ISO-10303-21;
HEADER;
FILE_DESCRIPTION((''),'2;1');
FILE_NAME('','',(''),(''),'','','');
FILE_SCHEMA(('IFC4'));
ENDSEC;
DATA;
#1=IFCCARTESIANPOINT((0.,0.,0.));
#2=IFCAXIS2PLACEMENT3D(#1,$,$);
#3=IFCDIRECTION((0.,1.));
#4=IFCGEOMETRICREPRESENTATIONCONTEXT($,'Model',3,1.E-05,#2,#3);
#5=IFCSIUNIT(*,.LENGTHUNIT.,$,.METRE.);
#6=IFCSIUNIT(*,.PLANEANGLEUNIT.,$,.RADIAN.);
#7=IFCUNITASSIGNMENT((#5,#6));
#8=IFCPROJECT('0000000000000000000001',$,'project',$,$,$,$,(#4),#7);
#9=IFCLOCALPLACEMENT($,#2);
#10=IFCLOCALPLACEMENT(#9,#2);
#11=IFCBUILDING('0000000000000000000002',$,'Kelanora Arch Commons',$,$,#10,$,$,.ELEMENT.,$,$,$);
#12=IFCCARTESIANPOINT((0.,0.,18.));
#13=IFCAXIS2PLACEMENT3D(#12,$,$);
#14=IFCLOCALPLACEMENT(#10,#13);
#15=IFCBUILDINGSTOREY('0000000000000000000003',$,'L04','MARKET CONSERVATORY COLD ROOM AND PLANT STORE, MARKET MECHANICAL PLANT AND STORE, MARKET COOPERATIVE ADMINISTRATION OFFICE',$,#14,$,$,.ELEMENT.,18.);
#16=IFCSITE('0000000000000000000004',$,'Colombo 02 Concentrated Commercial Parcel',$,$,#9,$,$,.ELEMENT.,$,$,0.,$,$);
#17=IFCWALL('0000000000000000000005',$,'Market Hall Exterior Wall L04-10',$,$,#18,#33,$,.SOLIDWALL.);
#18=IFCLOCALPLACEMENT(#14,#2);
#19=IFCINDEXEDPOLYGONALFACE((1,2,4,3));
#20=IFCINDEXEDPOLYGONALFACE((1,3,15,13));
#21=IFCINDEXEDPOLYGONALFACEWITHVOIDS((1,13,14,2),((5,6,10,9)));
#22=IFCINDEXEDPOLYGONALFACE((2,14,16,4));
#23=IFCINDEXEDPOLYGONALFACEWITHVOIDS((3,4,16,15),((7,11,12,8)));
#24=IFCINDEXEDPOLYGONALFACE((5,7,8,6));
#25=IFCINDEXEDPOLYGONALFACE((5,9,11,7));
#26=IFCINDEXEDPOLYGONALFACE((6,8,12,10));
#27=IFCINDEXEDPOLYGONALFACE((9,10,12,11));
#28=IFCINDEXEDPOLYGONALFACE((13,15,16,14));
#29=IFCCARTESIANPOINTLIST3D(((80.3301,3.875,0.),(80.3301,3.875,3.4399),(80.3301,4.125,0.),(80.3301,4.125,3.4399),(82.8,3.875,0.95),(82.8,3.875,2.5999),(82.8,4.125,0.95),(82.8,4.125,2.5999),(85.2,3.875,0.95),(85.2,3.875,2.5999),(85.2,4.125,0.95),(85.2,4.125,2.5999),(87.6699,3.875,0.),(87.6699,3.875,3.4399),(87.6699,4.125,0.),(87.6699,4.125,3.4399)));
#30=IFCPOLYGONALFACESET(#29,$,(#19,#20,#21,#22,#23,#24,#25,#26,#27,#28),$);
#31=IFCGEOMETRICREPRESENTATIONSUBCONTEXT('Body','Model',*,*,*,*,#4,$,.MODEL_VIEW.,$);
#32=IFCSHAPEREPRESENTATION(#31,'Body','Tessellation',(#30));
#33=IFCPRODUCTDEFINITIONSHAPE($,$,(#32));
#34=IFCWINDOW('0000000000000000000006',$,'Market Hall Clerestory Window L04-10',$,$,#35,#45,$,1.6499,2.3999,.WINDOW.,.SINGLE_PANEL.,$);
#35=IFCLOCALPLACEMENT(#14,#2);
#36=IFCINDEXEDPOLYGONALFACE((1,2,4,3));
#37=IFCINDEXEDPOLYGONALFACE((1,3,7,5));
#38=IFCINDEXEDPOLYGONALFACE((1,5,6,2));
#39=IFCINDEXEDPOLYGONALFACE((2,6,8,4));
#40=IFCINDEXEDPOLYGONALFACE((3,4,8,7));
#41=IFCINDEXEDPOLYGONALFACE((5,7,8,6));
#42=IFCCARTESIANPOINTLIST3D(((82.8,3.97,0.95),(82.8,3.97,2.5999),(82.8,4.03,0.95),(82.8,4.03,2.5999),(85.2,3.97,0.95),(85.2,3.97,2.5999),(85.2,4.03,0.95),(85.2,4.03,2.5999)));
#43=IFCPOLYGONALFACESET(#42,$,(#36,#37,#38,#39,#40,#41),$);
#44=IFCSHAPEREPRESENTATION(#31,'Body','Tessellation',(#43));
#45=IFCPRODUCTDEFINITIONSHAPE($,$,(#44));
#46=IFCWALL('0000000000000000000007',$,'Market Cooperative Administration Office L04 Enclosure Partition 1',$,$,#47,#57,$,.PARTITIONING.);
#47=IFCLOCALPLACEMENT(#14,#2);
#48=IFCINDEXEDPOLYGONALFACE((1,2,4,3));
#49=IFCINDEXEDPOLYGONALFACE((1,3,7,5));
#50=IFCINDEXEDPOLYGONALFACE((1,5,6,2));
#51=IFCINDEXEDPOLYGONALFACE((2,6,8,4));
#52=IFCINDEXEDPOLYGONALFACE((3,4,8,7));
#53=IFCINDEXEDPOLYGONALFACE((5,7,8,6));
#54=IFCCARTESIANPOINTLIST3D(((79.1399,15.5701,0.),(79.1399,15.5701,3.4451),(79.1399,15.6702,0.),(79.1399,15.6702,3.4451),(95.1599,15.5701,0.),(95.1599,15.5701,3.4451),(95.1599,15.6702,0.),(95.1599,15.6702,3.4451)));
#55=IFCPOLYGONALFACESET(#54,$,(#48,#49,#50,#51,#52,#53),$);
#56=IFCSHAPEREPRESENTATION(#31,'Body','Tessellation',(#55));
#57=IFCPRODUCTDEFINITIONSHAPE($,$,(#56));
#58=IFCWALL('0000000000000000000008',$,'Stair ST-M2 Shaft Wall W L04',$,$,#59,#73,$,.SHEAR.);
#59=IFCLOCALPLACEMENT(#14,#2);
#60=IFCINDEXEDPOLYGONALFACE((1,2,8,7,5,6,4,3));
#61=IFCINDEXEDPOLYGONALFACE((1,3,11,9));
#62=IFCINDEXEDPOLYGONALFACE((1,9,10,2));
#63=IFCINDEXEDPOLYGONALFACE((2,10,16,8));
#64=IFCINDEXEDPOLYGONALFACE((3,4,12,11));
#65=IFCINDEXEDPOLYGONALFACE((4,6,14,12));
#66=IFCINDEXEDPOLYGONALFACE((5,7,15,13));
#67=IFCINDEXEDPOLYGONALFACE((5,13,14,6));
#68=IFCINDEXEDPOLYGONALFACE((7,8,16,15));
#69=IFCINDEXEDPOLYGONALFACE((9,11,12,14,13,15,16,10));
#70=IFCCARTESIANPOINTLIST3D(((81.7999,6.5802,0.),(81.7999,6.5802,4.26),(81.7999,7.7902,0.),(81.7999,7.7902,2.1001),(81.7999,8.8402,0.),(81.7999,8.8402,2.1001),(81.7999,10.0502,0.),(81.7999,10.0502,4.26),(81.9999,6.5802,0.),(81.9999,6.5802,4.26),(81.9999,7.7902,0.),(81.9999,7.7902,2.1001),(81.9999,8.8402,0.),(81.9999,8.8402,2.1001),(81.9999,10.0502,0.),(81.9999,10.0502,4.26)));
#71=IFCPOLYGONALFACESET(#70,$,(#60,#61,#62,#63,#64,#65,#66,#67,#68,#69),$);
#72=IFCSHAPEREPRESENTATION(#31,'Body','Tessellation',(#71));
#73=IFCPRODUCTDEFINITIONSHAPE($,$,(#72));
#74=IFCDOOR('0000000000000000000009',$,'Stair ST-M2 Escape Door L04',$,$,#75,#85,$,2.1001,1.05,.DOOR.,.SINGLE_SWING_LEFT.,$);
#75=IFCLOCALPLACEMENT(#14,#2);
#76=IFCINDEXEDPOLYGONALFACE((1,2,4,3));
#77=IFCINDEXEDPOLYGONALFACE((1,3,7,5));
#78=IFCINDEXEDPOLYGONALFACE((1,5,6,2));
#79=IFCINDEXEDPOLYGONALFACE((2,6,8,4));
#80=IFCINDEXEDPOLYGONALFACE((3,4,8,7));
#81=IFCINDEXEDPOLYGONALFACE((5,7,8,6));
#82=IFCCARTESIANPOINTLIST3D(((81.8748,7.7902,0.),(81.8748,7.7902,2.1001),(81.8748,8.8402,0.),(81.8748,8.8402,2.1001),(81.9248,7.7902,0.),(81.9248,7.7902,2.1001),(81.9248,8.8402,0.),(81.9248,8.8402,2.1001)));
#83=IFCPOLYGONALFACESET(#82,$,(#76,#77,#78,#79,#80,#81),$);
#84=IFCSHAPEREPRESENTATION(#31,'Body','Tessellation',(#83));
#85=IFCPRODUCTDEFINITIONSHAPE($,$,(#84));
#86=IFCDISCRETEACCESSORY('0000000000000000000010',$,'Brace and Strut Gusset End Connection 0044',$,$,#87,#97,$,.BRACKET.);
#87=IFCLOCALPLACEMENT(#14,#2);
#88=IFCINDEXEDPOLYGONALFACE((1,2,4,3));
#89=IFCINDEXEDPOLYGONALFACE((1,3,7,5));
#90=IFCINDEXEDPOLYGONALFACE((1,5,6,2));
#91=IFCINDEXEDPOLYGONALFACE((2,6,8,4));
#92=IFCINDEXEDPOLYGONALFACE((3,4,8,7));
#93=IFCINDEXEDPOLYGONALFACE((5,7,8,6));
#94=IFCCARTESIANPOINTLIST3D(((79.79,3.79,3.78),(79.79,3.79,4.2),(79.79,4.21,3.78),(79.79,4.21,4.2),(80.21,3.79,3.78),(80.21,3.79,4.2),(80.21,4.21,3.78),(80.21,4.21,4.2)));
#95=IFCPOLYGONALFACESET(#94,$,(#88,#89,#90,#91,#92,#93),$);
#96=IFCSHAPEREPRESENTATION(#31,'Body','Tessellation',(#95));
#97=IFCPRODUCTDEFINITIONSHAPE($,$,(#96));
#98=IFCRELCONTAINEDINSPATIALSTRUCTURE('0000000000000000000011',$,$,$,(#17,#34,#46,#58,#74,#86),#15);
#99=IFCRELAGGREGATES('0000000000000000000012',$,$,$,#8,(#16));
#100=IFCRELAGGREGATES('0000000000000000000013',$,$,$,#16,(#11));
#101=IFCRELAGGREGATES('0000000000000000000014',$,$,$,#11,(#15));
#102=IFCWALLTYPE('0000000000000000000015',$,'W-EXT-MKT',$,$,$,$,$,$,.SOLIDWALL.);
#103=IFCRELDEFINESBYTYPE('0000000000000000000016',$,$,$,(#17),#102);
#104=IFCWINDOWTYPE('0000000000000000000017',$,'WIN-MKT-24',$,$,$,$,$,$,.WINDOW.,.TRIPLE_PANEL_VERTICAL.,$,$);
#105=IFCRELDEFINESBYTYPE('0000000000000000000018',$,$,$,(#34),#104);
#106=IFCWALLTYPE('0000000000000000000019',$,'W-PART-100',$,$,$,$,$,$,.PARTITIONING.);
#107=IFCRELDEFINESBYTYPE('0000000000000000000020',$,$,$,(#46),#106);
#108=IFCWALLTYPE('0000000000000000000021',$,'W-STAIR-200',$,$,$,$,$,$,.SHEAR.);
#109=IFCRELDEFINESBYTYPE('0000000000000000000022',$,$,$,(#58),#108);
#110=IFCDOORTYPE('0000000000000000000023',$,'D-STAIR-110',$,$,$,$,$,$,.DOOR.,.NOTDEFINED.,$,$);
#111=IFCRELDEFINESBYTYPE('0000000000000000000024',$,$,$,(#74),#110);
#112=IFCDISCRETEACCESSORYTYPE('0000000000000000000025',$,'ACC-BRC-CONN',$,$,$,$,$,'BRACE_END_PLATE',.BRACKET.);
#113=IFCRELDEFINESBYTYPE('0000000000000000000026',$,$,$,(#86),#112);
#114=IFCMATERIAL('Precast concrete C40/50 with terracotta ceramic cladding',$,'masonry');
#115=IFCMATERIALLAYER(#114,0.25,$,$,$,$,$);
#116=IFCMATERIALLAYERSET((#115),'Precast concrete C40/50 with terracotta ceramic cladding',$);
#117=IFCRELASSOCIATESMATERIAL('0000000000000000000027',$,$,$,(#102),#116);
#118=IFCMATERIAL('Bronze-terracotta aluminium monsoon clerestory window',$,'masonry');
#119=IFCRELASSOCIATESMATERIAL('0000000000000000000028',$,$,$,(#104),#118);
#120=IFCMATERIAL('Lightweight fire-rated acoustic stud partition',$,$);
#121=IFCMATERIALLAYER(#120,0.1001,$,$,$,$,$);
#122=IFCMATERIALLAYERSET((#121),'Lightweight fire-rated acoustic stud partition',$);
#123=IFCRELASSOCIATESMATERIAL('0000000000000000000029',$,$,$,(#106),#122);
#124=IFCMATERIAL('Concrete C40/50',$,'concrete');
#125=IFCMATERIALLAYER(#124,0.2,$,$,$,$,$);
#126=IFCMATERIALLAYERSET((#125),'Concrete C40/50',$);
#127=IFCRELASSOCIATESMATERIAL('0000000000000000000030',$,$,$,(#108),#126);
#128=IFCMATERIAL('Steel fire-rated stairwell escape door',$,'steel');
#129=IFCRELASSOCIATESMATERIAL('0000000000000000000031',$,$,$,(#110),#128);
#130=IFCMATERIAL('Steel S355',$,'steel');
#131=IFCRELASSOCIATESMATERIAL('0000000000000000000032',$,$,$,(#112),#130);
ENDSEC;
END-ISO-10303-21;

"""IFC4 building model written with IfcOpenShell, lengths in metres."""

from ifc_helpers import new_model, si_unit, direction, frame, frame_2d, origin, origin_2d, place, context, subcontext, project, spatial, rectangle, extrude, source, transform, mapped, material, layer, layer_set, type_object, element, fill, save


model = new_model("IFC4")

# Units and contexts
model_context = context("Model", 3, precision=1e-05, world=origin(), true_north=direction((0.0, 1.0)))
body_context = subcontext(model_context, "Body", "Model", "MODEL_VIEW")
ifc_project = project(units=[si_unit("LENGTHUNIT", "METRE"), si_unit("PLANEANGLEUNIT", "RADIAN")], contexts=[model_context])

# Site, building, storey
site_placement = place(None, origin())
site = spatial("IfcSite", under=ifc_project, at=site_placement, Name="Colombo 02 Concentrated Commercial Parcel", CompositionType="ELEMENT", RefElevation=0.0)
building_placement = place(site_placement, origin())
building = spatial("IfcBuilding", under=site, at=building_placement, Name="Kelanora Arch Commons", CompositionType="ELEMENT")
storey_placement = place(building_placement, frame((0.0, 0.0, 18.0)))
storey = spatial("IfcBuildingStorey", under=building, at=storey_placement, Name="L04", Description="MARKET CONSERVATORY COLD ROOM AND PLANT STORE, MARKET MECHANICAL PLANT AND STORE, MARKET COOPERATIVE ADMINISTRATION OFFICE", CompositionType="ELEMENT", Elevation=18.0)

# Shared definitions
ifc_material_1 = material(Name="Steel S355", Category="steel")

# Shared definitions
ifc_material_2 = material(Name="Precast concrete C40/50 with terracotta ceramic cladding", Category="masonry")
ifc_layer_1 = layer(ifc_material_2, 0.25)
ifc_layer_set_1 = layer_set([ifc_layer_1], Name="Precast concrete C40/50 with terracotta ceramic cladding")
wall_type_1 = type_object("IfcWallType", Name="W-EXT-MKT", PredefinedType="SOLIDWALL", material=ifc_layer_set_1)

# Wall, opening, window
wall_1_placement = place(storey_placement, frame((80.3301, 4.0, 0.0), z_axis=(0.0, 0.0, 1.0), x_axis=(1.0, 0.0, 0.0)))
wall_1 = element("IfcWall", 1, at=wall_1_placement, inside=storey, type_object=wall_type_1, Name="Market Hall Exterior Wall L04-10", PredefinedType="SOLIDWALL", context=body_context, shape_type="SweptSolid", body=[
    extrude(rectangle(XDim=7.3398, YDim=0.25, at=frame_2d((3.6699, 0.0))), origin(), (0.0, 0.0, 1.0), 3.4399),
])
opening_1_placement = place(wall_1_placement, frame((2.47, 0.0, 0.95)))
opening_1 = element("IfcOpeningElement", 2, at=opening_1_placement, cuts=wall_1, PredefinedType="OPENING", context=body_context, shape_type="SweptSolid", body=[
    extrude(rectangle(XDim=2.3999, YDim=1.6499, at=frame_2d((1.2, 0.825))), frame((0.0, 0.135, 0.0), z_axis=(0.0, -1.0, 0.0), x_axis=(1.0, 0.0, 0.0)), (0.0, 0.0, 1.0), 0.27),
])
ifc_material_3 = material(Name="Bronze-terracotta aluminium monsoon clerestory window", Category="masonry")
window_type = type_object("IfcWindowType", Name="WIN-MKT-24", PartitioningType="TRIPLE_PANEL_VERTICAL", PredefinedType="WINDOW", material=ifc_material_3)
window_placement = place(opening_1_placement, origin())
window = element("IfcWindow", 3, at=window_placement, inside=storey, type_object=window_type, Name="Market Hall Clerestory Window L04-10", OverallHeight=1.6499, OverallWidth=2.3999, PartitioningType="SINGLE_PANEL", PredefinedType="WINDOW", context=body_context, shape_type="SweptSolid", body=[
    extrude(rectangle(XDim=2.3999, YDim=1.6499, at=frame_2d((1.2, 0.825))), frame((0.0, 0.03, 0.0), z_axis=(0.0, -1.0, 0.0), x_axis=(1.0, 0.0, 0.0)), (0.0, 0.0, 1.0), 0.0601),
])
fill(opening_1, window)

# Wall
ifc_material_4 = material(Name="Lightweight fire-rated acoustic stud partition")
ifc_layer_2 = layer(ifc_material_4, 0.1001)
ifc_layer_set_2 = layer_set([ifc_layer_2], Name="Lightweight fire-rated acoustic stud partition")
wall_type_2 = type_object("IfcWallType", Name="W-PART-100", PredefinedType="PARTITIONING", material=ifc_layer_set_2)
wall_2_placement = place(storey_placement, frame((79.1399, 15.6201, 0.0), z_axis=(0.0, 0.0, 1.0), x_axis=(1.0, 0.0, 0.0)))
element("IfcWall", 4, at=wall_2_placement, inside=storey, type_object=wall_type_2, Name="Market Cooperative Administration Office L04 Enclosure Partition 1", PredefinedType="PARTITIONING", context=body_context, shape_type="SweptSolid", body=[
    extrude(rectangle(XDim=16.02, YDim=0.1001, at=frame_2d((8.01, 0.0))), origin(), (0.0, 0.0, 1.0), 3.4451),
])

# Wall, opening, door
ifc_material_5 = material(Name="Concrete C40/50", Category="concrete")
ifc_layer_3 = layer(ifc_material_5, 0.2)
ifc_layer_set_3 = layer_set([ifc_layer_3], Name="Concrete C40/50")
wall_type_3 = type_object("IfcWallType", Name="W-STAIR-200", PredefinedType="SHEAR", material=ifc_layer_set_3)
wall_3_placement = place(storey_placement, frame((81.8999, 10.05, 0.0), z_axis=(0.0, 0.0, 1.0), x_axis=(0.0, -1.0, 0.0)))
wall_3 = element("IfcWall", 5, at=wall_3_placement, inside=storey, type_object=wall_type_3, Name="Stair ST-M2 Shaft Wall W L04", PredefinedType="SHEAR", context=body_context, shape_type="SweptSolid", body=[
    extrude(rectangle(XDim=3.47, YDim=0.2, at=frame_2d((1.7349, 0.0))), origin(), (0.0, 0.0, 1.0), 4.26),
])
opening_2_placement = place(wall_3_placement, frame((1.21, 0.0, 0.0)))
opening_2 = element("IfcOpeningElement", 6, at=opening_2_placement, cuts=wall_3, PredefinedType="OPENING", context=body_context, shape_type="SweptSolid", body=[
    extrude(rectangle(XDim=1.05, YDim=2.1001, at=frame_2d((0.5249, 1.05))), frame((0.0, 0.1099, 0.0), z_axis=(0.0, -1.0, 0.0), x_axis=(1.0, 0.0, 0.0)), (0.0, 0.0, 1.0), 0.22),
])
ifc_material_6 = material(Name="Steel fire-rated stairwell escape door", Category="steel")
door_type = type_object("IfcDoorType", Name="D-STAIR-110", OperationType="NOTDEFINED", PredefinedType="DOOR", material=ifc_material_6)
door_placement = place(opening_2_placement, origin())
door = element("IfcDoor", 7, at=door_placement, inside=storey, type_object=door_type, Name="Stair ST-M2 Escape Door L04", OperationType="SINGLE_SWING_LEFT", OverallHeight=2.1001, OverallWidth=1.05, PredefinedType="DOOR", context=body_context, shape_type="SweptSolid", body=[
    extrude(rectangle(XDim=1.05, YDim=2.1001, at=frame_2d((0.5249, 1.05))), frame((0.0, 0.0249, 0.0), z_axis=(0.0, -1.0, 0.0), x_axis=(1.0, 0.0, 0.0)), (0.0, 0.0, 1.0), 0.05),
])
fill(opening_2, door)

# Discrete accessory
discrete_accessory_type = type_object("IfcDiscreteAccessoryType", Name="ACC-BRC-CONN", ElementType="BRACE_END_PLATE", PredefinedType="BRACKET", material=ifc_material_1)
shared_shape_1 = source(origin(), body_context, "Body", "SweptSolid", [
    extrude(rectangle(XDim=0.4199, YDim=0.4199, at=origin_2d()), origin(), (0.0, 0.0, 1.0), 0.4199),
])
discrete_accessory_placement = place(storey_placement, frame((80.0, 4.0, 3.78), z_axis=(0.0, 0.0, 1.0), x_axis=(1.0, 0.0, 0.0)))
element("IfcDiscreteAccessory", 8, at=discrete_accessory_placement, inside=storey, type_object=discrete_accessory_type, Name="Brace and Strut Gusset End Connection 0044", PredefinedType="BRACKET", context=body_context, shape_type="MappedRepresentation", body=[
    mapped(shared_shape_1, transform((0.0, 0.0, 0.0), scale=1.0)),
])

save(model, "model.ifc")
